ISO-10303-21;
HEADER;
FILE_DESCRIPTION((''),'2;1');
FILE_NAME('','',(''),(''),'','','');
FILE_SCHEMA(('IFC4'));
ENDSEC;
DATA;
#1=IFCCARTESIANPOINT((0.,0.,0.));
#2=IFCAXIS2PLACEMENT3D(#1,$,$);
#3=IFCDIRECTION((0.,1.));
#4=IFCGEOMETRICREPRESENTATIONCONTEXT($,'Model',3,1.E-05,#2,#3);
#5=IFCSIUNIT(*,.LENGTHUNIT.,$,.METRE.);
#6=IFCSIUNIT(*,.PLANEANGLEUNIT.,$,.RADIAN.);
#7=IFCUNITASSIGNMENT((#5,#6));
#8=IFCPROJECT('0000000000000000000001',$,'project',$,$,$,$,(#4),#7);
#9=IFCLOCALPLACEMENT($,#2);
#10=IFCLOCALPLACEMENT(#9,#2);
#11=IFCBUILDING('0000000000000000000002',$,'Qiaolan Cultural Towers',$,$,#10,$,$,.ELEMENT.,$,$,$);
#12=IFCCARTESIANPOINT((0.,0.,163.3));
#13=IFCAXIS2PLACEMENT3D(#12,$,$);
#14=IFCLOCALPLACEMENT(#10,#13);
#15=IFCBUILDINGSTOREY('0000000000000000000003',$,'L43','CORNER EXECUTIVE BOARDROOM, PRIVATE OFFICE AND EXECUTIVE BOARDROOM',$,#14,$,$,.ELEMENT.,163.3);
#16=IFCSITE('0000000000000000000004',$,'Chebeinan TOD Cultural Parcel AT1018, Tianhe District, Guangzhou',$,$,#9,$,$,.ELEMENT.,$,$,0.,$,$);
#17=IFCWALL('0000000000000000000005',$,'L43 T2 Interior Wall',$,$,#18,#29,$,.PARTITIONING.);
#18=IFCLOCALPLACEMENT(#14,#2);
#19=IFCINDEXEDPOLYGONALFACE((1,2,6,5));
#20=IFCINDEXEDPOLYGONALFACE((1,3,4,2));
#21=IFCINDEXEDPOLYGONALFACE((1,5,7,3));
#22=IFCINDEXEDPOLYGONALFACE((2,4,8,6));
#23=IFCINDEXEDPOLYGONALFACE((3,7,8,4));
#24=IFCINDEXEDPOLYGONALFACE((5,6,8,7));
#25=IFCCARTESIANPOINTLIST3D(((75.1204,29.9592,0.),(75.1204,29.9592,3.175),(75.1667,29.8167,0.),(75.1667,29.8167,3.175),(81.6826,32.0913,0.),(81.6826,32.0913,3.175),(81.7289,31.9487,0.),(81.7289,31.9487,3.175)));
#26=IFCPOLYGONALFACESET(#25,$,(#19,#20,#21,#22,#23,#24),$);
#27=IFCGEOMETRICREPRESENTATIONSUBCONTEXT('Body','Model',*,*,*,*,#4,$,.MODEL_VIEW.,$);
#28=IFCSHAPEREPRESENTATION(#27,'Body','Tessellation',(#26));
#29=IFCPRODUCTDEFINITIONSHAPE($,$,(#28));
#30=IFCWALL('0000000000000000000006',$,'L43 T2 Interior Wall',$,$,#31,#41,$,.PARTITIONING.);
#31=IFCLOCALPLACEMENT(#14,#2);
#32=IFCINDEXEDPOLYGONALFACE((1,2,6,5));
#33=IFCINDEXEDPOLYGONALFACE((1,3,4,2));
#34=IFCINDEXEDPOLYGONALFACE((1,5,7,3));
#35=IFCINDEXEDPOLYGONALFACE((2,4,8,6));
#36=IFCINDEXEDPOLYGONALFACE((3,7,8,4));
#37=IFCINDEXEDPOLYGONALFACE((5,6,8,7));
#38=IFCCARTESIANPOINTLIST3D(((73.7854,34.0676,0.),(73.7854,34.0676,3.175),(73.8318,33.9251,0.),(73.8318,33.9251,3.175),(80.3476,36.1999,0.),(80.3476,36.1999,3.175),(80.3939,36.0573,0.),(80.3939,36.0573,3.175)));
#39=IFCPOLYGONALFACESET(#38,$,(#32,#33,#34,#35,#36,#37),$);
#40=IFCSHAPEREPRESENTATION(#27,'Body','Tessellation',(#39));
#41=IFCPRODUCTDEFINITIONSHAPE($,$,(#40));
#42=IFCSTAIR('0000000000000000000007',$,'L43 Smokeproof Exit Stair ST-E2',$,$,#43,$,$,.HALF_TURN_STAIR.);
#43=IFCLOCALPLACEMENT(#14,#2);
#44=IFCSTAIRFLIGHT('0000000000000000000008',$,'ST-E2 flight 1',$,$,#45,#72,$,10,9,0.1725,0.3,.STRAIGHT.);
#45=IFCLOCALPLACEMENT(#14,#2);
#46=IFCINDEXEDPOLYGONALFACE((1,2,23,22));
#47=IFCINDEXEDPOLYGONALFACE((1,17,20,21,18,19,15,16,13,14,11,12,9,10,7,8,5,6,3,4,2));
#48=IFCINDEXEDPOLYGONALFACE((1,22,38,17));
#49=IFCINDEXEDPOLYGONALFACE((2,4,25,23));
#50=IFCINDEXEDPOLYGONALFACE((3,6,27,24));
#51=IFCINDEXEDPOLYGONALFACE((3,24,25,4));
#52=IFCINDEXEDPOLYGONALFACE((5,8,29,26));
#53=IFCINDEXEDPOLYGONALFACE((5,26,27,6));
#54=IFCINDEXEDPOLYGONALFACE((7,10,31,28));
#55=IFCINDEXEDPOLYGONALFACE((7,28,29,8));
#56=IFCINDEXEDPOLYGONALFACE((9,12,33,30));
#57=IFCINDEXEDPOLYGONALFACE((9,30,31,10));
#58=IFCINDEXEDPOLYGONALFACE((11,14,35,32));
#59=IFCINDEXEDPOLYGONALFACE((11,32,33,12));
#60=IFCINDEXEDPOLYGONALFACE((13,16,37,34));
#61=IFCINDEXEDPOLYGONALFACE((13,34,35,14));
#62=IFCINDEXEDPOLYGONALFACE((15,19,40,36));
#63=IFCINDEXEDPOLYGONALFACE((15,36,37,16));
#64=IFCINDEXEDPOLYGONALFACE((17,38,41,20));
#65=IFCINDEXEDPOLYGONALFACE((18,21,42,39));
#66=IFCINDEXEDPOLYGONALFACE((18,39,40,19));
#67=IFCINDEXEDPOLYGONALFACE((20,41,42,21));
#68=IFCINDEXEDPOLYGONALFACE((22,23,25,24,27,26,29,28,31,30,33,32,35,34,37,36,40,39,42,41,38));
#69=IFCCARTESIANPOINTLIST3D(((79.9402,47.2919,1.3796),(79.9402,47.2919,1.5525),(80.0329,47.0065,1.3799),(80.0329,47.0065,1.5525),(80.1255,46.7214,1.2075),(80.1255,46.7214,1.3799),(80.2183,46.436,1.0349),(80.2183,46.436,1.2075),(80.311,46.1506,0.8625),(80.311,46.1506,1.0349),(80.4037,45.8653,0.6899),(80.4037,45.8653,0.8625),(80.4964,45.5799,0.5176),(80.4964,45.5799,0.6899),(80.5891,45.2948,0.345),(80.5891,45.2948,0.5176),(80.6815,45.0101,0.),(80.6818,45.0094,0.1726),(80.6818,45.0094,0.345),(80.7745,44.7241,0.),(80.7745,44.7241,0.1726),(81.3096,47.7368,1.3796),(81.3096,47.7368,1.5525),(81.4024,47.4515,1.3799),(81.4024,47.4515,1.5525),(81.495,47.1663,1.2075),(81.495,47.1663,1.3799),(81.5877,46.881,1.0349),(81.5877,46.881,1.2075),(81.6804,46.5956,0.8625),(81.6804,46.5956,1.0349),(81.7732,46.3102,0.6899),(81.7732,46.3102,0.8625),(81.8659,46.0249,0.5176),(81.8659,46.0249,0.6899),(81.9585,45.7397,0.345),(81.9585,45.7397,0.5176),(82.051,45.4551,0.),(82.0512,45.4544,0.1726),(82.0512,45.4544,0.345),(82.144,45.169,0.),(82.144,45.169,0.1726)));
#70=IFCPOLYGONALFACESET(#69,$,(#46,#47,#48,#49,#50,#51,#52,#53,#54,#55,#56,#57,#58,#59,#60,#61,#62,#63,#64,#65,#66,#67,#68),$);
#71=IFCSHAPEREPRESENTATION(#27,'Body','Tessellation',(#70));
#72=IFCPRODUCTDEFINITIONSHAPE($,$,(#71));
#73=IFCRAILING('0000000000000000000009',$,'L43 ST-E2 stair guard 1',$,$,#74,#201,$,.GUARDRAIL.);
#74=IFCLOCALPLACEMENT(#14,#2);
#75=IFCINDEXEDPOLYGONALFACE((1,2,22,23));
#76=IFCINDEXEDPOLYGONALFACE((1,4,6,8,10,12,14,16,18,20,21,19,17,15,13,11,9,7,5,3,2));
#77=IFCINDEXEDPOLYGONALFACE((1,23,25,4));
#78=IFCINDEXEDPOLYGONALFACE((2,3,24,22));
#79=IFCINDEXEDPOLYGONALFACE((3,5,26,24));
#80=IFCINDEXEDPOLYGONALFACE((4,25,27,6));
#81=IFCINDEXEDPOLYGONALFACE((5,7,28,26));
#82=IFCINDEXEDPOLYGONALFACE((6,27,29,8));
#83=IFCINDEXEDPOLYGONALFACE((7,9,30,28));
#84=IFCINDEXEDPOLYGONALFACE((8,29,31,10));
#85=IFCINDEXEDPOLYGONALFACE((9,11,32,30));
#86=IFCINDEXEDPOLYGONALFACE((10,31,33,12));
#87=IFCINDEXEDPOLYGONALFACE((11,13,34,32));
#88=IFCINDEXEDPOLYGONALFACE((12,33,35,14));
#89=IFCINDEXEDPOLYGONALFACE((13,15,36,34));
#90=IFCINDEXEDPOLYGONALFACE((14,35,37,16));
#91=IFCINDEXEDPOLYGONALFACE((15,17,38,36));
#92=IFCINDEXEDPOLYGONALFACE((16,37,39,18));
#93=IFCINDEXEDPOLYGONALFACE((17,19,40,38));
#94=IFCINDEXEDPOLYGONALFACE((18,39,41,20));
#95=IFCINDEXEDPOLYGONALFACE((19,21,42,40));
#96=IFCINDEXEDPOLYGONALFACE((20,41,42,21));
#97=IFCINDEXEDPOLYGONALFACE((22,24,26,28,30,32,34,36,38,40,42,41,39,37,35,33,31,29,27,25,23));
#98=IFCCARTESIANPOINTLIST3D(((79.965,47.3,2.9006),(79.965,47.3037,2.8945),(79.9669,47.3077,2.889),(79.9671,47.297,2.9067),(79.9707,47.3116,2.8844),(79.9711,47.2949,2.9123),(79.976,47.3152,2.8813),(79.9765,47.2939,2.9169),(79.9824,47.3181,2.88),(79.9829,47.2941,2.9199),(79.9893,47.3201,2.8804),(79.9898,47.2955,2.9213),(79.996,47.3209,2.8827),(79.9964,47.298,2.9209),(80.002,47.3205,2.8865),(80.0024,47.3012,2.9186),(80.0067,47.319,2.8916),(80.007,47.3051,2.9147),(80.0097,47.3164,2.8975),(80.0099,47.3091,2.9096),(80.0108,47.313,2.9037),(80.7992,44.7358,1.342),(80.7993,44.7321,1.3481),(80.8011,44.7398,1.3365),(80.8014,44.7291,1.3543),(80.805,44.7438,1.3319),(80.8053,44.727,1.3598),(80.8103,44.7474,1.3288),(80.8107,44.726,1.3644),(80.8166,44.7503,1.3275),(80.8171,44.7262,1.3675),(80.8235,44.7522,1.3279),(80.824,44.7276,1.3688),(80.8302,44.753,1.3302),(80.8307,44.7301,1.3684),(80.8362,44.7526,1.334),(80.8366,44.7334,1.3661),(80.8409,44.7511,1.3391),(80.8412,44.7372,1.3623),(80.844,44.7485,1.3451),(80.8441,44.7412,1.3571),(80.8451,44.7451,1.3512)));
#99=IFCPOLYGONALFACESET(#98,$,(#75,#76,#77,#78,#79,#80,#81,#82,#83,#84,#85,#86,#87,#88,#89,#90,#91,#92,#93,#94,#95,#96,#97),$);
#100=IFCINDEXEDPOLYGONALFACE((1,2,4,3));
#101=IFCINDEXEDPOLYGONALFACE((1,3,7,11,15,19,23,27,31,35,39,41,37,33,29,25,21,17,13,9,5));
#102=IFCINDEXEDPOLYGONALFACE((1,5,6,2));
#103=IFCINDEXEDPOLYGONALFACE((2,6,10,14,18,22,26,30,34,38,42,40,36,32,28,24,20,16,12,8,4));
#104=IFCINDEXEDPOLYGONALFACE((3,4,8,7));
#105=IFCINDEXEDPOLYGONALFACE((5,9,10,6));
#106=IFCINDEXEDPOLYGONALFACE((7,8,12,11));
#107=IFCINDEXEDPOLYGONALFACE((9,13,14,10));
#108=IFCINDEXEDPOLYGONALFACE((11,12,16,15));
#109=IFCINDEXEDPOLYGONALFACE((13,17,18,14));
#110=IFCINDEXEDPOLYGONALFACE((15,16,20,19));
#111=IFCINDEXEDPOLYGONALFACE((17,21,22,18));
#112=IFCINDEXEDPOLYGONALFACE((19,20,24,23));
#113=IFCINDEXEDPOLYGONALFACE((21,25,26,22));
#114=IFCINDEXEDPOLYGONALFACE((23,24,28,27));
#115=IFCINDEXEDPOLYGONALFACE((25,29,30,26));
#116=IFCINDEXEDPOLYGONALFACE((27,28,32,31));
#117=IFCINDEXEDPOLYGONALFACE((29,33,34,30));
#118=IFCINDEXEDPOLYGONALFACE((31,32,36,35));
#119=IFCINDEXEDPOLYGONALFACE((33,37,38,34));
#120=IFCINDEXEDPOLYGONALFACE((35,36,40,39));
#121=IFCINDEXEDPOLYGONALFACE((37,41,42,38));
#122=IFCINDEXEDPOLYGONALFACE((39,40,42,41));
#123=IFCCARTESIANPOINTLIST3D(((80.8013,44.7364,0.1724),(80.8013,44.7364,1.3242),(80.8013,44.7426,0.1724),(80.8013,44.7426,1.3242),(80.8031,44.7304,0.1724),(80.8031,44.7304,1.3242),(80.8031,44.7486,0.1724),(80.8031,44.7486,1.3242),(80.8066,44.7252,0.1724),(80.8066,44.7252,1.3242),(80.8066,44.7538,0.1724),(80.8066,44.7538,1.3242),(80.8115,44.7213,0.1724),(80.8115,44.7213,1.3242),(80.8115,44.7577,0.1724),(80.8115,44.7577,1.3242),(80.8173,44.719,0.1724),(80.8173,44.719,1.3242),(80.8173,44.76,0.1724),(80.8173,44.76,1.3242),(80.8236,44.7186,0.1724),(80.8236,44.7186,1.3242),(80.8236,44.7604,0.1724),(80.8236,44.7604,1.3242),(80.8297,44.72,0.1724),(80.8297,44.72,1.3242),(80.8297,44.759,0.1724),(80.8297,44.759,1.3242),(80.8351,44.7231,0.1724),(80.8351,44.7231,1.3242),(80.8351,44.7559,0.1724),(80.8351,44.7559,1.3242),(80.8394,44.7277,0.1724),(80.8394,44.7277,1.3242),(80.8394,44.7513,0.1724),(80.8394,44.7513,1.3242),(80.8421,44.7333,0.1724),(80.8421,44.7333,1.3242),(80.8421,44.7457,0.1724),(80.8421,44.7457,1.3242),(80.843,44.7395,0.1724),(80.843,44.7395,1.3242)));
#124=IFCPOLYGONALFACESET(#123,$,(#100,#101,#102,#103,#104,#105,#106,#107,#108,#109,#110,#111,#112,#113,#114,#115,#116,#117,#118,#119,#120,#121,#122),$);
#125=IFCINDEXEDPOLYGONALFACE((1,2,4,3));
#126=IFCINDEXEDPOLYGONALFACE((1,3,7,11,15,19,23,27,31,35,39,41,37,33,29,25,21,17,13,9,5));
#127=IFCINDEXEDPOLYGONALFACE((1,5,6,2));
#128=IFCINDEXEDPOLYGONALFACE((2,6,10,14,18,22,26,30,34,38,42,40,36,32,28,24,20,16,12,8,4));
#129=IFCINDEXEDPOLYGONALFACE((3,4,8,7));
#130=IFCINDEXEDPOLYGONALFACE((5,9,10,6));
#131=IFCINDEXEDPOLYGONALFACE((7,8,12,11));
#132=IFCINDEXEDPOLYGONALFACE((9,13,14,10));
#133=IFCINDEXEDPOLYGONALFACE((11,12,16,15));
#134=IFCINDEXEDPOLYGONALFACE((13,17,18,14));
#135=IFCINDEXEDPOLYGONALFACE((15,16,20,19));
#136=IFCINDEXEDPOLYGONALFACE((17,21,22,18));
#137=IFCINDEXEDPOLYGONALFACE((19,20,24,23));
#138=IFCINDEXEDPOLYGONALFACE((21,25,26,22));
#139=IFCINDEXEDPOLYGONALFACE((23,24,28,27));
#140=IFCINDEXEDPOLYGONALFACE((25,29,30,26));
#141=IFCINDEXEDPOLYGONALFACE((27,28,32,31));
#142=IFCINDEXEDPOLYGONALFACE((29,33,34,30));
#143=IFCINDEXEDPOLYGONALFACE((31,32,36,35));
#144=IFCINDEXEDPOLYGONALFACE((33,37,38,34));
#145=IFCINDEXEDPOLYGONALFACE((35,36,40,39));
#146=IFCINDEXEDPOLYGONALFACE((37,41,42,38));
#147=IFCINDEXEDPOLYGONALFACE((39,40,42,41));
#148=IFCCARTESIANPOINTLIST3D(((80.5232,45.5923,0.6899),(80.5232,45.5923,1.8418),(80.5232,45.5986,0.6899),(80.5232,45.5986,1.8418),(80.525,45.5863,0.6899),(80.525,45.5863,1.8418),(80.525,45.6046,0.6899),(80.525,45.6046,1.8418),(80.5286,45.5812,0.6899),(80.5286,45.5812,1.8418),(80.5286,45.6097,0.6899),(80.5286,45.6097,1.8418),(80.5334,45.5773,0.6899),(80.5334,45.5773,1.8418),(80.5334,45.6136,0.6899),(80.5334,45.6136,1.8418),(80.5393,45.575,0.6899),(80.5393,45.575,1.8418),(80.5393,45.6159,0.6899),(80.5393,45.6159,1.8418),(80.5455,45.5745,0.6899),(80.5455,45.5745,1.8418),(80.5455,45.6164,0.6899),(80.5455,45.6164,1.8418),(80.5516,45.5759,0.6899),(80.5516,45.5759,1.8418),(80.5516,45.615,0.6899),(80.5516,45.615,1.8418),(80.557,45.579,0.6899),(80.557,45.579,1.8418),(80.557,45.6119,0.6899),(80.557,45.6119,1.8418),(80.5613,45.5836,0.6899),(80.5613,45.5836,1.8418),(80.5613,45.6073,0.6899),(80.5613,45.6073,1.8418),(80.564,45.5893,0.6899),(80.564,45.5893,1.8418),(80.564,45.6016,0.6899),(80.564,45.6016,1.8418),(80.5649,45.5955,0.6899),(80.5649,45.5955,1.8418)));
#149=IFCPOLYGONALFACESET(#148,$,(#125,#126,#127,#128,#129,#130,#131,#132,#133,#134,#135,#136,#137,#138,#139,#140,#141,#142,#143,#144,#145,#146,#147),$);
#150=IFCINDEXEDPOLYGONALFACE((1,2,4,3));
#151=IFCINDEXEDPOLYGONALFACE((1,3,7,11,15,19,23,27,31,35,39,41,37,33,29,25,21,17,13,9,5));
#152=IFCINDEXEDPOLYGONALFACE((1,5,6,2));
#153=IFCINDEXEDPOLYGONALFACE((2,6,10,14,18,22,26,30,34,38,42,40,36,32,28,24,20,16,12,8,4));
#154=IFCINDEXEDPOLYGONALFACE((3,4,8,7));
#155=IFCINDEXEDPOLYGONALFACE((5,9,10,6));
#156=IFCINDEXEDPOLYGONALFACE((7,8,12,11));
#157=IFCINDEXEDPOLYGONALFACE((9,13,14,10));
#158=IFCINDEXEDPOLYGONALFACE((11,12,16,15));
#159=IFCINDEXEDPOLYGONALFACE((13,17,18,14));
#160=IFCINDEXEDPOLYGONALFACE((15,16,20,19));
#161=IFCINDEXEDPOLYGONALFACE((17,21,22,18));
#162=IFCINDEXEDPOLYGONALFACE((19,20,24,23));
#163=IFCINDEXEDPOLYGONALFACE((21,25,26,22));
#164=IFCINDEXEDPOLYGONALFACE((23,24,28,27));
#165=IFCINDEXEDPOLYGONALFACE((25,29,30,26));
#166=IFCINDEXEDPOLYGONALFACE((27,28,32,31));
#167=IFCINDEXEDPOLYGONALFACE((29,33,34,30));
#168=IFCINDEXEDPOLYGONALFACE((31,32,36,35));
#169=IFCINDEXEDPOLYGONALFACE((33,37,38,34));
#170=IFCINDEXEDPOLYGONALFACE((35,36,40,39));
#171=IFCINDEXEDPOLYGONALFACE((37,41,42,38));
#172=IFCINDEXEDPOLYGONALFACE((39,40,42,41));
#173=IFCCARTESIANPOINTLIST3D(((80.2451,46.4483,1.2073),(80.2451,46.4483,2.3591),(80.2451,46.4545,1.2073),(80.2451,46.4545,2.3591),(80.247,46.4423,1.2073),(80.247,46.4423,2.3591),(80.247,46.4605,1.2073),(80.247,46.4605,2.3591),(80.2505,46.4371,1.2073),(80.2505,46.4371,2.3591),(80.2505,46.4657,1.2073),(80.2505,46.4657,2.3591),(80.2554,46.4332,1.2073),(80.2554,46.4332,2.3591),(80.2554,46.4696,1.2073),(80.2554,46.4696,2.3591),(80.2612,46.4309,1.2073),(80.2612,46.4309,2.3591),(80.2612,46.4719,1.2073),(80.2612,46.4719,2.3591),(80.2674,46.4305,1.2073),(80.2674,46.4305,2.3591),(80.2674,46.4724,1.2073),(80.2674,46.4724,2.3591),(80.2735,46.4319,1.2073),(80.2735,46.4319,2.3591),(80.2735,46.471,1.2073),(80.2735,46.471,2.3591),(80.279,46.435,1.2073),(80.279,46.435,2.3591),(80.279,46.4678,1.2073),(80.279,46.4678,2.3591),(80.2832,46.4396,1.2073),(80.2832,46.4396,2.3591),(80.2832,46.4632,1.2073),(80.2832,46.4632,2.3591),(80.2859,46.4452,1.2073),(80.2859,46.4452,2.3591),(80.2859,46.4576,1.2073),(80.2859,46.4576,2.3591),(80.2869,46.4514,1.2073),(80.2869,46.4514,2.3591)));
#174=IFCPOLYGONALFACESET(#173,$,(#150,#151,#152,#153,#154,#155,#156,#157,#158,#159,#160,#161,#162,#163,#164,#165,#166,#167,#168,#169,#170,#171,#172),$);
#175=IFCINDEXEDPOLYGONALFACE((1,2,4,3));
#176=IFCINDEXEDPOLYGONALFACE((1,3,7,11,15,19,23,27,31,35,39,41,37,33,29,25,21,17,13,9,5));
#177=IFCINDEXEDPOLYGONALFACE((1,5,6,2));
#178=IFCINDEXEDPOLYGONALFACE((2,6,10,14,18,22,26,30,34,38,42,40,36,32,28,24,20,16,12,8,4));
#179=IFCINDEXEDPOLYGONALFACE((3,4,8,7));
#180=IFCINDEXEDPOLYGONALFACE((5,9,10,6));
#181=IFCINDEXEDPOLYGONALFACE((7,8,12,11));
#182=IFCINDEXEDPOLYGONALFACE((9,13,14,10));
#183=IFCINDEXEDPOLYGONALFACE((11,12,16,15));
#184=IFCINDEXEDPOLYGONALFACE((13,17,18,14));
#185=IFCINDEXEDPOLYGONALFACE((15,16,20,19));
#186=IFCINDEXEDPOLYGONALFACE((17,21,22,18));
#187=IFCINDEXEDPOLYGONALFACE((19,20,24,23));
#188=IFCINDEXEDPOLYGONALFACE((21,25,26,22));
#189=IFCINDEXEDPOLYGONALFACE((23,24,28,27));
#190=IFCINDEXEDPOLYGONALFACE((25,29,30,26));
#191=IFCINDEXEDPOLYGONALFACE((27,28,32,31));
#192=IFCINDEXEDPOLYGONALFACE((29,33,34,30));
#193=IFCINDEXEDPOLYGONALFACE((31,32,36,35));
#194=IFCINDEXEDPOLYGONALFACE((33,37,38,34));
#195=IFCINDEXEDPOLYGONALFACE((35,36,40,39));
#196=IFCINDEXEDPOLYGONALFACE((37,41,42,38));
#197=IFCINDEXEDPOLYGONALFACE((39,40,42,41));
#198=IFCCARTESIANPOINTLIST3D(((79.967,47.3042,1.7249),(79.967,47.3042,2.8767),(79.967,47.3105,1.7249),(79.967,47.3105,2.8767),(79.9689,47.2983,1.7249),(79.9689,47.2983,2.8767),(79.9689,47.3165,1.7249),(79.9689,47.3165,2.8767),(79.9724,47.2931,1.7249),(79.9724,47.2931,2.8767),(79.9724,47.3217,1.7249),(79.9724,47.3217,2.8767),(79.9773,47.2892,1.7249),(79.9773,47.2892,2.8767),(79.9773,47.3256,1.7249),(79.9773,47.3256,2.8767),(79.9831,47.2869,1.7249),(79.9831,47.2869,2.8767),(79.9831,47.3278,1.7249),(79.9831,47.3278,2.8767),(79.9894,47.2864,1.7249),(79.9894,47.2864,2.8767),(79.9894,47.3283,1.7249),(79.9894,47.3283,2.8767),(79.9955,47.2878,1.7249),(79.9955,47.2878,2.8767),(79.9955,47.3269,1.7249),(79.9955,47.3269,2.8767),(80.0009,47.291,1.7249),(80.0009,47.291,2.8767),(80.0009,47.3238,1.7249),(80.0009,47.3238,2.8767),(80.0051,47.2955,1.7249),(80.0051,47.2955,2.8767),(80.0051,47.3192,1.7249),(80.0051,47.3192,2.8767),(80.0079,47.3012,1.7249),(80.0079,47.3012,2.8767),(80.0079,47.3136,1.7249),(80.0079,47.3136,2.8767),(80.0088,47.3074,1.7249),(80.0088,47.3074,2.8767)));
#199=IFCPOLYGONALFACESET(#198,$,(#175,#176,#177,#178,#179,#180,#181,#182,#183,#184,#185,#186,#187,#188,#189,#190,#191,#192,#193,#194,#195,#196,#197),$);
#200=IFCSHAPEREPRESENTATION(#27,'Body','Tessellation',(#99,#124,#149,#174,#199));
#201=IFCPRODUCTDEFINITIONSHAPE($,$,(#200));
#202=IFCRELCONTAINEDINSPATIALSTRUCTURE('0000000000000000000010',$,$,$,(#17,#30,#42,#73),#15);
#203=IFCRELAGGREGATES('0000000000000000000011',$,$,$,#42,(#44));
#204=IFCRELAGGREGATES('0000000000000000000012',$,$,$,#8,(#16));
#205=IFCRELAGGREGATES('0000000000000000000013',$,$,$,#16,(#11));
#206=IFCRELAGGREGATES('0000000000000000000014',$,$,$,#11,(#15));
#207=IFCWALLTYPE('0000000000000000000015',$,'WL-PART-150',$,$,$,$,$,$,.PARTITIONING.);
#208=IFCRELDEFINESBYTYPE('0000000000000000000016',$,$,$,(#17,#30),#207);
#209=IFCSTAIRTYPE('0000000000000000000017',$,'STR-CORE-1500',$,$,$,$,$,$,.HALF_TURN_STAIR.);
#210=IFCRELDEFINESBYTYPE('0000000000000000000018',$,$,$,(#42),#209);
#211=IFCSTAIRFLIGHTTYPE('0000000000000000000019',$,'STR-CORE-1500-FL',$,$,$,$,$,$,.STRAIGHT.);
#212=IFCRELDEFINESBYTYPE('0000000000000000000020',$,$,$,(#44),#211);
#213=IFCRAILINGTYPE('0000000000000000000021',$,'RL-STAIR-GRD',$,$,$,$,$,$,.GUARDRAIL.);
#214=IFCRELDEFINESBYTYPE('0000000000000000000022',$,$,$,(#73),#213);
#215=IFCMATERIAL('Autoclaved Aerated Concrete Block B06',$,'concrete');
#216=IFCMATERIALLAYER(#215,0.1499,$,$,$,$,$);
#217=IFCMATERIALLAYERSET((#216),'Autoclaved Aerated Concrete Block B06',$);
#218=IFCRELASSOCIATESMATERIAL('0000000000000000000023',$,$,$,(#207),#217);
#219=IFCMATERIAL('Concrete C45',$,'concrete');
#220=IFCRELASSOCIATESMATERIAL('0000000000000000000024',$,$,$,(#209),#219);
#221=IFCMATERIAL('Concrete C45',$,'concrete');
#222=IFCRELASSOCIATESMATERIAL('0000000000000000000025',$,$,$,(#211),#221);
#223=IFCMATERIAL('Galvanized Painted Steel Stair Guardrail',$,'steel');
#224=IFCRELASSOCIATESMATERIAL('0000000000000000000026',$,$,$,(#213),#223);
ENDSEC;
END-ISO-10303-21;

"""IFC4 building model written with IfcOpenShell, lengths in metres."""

from ifc_helpers import new_model, si_unit, direction, frame, frame_2d, origin, origin_2d, place, context, subcontext, project, spatial, polyline, rectangle, circle, outline, extrude, material, layer, layer_set, type_object, element, aggregate, save


model = new_model("IFC4")

# Units and contexts
model_context = context("Model", 3, precision=1e-05, world=origin(), true_north=direction((0.0, 1.0)))
body_context = subcontext(model_context, "Body", "Model", "MODEL_VIEW")
ifc_project = project(units=[si_unit("LENGTHUNIT", "METRE"), si_unit("PLANEANGLEUNIT", "RADIAN")], contexts=[model_context])

# Site, building, storey
site_placement = place(None, origin())
site = spatial("IfcSite", under=ifc_project, at=site_placement, Name="Chebeinan TOD Cultural Parcel AT1018, Tianhe District, Guangzhou", CompositionType="ELEMENT", RefElevation=0.0)
building_placement = place(site_placement, origin())
building = spatial("IfcBuilding", under=site, at=building_placement, Name="Qiaolan Cultural Towers", CompositionType="ELEMENT")
storey_placement = place(building_placement, frame((0.0, 0.0, 163.3)))
storey = spatial("IfcBuildingStorey", under=building, at=storey_placement, Name="L43", Description="CORNER EXECUTIVE BOARDROOM, PRIVATE OFFICE AND EXECUTIVE BOARDROOM", CompositionType="ELEMENT", Elevation=163.3)

# Shared definitions
ifc_material_1 = material(Name="Autoclaved Aerated Concrete Block B06", Category="concrete")
ifc_layer_1 = layer(ifc_material_1, 0.1499)
ifc_layer_set_1 = layer_set([ifc_layer_1], Name="Autoclaved Aerated Concrete Block B06")
wall_type_1 = type_object("IfcWallType", Name="WL-PART-150", PredefinedType="PARTITIONING", material=ifc_layer_set_1)

# Walls
for number, where, z_axis, x_axis, name in (
    (1, (75.1436, 29.8879, 0.0), (0.0, 0.0, 1.0), (0.951062, 0.309, 0.0), "L43 T2 Interior Wall"),
    (2, (73.8086, 33.9963, 0.0), (0.0, 0.0, 1.0), (0.951051, 0.309032, 0.0), "L43 T2 Interior Wall"),
):
    element("IfcWall", number, at=place(storey_placement, frame(where, z_axis=z_axis, x_axis=x_axis)), inside=storey, type_object=wall_type_1, Name=name, PredefinedType="PARTITIONING", context=body_context, shape_type="SweptSolid", body=[
        extrude(rectangle(XDim=6.8999, YDim=0.1499, at=frame_2d((3.45, 0.0))), origin(), (0.0, 0.0, 1.0), 3.175),
    ])

# Stair, stair flight
ifc_material_2 = material(Name="Concrete C45", Category="concrete")
stair_type = type_object("IfcStairType", Name="STR-CORE-1500", PredefinedType="HALF_TURN_STAIR", material=ifc_material_2)
stair_placement = place(storey_placement, origin())
stair = element("IfcStair", 3, at=stair_placement, inside=storey, type_object=stair_type, Name="L43 Smokeproof Exit Stair ST-E2", PredefinedType="HALF_TURN_STAIR")
ifc_material_3 = material(Name="Concrete C45", Category="concrete")
stair_flight_type = type_object("IfcStairFlightType", Name="STR-CORE-1500-FL", PredefinedType="STRAIGHT", material=ifc_material_3)
stair_flight_placement = place(storey_placement, frame((81.4592, 44.9465, 0.0), z_axis=(0.0, 0.0, 1.0), x_axis=(-0.309017, 0.951057, 0.0)))
stair_flight = element("IfcStairFlight", 4, at=stair_flight_placement, type_object=stair_flight_type, Name="ST-E2 flight 1", NumberOfRisers=10, NumberOfTreads=9, PredefinedType="STRAIGHT", RiserHeight=0.1725, TreadLength=0.3, context=body_context, shape_type="SweptSolid", body=[
    extrude(outline(polyline([(0.0, 0.0), (0.0, 0.1726), (0.3, 0.1726), (0.3, 0.345), (0.6001, 0.345), (0.6001, 0.5176), (0.8999, 0.5176), (0.8999, 0.6899), (1.2, 0.6899), (1.2, 0.8625), (1.5, 0.8625), (1.5, 1.0349), (1.8, 1.0349), (1.8, 1.2075), (2.1001, 1.2075), (2.1001, 1.3799), (2.3999, 1.3799), (2.3999, 1.5525), (2.7, 1.5525), (2.7, 1.7251), (2.7, 1.3796), (0.3008, 0.0), (0.0, 0.0)])), frame((0.0, 0.72, 0.0), z_axis=(0.0, -1.0, 0.0), x_axis=(1.0, 0.0, 0.0)), (0.0, 0.0, 1.0), 1.4399),
])
aggregate(stair, [stair_flight])

# Railing
ifc_material_4 = material(Name="Galvanized Painted Steel Stair Guardrail", Category="steel")
railing_type_1 = type_object("IfcRailingType", Name="RL-STAIR-GRD", PredefinedType="GUARDRAIL", material=ifc_material_4)
railing_1_placement = place(storey_placement, frame((80.822, 44.7395, 0.1724)))
element("IfcRailing", 5, at=railing_1_placement, inside=storey, type_object=railing_type_1, Name="L43 ST-E2 stair guard 1", PredefinedType="GUARDRAIL", context=body_context, shape_type="SweptSolid", body=[
    extrude(circle(Radius=0.0239, at=origin_2d()), frame((0.0, 0.0, 1.1758), z_axis=(-0.267853, 0.824488, 0.498471), x_axis=(-0.95107, -0.308976, 0.0)), (0.0, 0.0, 1.0), 3.1145),
    extrude(circle(Radius=0.021, at=origin_2d()), origin(), (0.0, 0.0, 1.0), 1.1519),
    extrude(circle(Radius=0.021, at=origin_2d()), frame((-0.2781, 0.856, 0.5176)), (0.0, 0.0, 1.0), 1.1519),
    extrude(circle(Radius=0.021, at=origin_2d()), frame((-0.5562, 1.7119, 1.0349)), (0.0, 0.0, 1.0), 1.1519),
    extrude(circle(Radius=0.021, at=origin_2d()), frame((-0.8342, 2.5679, 1.5525)), (0.0, 0.0, 1.0), 1.1519),
])

save(model, "model.ifc")
